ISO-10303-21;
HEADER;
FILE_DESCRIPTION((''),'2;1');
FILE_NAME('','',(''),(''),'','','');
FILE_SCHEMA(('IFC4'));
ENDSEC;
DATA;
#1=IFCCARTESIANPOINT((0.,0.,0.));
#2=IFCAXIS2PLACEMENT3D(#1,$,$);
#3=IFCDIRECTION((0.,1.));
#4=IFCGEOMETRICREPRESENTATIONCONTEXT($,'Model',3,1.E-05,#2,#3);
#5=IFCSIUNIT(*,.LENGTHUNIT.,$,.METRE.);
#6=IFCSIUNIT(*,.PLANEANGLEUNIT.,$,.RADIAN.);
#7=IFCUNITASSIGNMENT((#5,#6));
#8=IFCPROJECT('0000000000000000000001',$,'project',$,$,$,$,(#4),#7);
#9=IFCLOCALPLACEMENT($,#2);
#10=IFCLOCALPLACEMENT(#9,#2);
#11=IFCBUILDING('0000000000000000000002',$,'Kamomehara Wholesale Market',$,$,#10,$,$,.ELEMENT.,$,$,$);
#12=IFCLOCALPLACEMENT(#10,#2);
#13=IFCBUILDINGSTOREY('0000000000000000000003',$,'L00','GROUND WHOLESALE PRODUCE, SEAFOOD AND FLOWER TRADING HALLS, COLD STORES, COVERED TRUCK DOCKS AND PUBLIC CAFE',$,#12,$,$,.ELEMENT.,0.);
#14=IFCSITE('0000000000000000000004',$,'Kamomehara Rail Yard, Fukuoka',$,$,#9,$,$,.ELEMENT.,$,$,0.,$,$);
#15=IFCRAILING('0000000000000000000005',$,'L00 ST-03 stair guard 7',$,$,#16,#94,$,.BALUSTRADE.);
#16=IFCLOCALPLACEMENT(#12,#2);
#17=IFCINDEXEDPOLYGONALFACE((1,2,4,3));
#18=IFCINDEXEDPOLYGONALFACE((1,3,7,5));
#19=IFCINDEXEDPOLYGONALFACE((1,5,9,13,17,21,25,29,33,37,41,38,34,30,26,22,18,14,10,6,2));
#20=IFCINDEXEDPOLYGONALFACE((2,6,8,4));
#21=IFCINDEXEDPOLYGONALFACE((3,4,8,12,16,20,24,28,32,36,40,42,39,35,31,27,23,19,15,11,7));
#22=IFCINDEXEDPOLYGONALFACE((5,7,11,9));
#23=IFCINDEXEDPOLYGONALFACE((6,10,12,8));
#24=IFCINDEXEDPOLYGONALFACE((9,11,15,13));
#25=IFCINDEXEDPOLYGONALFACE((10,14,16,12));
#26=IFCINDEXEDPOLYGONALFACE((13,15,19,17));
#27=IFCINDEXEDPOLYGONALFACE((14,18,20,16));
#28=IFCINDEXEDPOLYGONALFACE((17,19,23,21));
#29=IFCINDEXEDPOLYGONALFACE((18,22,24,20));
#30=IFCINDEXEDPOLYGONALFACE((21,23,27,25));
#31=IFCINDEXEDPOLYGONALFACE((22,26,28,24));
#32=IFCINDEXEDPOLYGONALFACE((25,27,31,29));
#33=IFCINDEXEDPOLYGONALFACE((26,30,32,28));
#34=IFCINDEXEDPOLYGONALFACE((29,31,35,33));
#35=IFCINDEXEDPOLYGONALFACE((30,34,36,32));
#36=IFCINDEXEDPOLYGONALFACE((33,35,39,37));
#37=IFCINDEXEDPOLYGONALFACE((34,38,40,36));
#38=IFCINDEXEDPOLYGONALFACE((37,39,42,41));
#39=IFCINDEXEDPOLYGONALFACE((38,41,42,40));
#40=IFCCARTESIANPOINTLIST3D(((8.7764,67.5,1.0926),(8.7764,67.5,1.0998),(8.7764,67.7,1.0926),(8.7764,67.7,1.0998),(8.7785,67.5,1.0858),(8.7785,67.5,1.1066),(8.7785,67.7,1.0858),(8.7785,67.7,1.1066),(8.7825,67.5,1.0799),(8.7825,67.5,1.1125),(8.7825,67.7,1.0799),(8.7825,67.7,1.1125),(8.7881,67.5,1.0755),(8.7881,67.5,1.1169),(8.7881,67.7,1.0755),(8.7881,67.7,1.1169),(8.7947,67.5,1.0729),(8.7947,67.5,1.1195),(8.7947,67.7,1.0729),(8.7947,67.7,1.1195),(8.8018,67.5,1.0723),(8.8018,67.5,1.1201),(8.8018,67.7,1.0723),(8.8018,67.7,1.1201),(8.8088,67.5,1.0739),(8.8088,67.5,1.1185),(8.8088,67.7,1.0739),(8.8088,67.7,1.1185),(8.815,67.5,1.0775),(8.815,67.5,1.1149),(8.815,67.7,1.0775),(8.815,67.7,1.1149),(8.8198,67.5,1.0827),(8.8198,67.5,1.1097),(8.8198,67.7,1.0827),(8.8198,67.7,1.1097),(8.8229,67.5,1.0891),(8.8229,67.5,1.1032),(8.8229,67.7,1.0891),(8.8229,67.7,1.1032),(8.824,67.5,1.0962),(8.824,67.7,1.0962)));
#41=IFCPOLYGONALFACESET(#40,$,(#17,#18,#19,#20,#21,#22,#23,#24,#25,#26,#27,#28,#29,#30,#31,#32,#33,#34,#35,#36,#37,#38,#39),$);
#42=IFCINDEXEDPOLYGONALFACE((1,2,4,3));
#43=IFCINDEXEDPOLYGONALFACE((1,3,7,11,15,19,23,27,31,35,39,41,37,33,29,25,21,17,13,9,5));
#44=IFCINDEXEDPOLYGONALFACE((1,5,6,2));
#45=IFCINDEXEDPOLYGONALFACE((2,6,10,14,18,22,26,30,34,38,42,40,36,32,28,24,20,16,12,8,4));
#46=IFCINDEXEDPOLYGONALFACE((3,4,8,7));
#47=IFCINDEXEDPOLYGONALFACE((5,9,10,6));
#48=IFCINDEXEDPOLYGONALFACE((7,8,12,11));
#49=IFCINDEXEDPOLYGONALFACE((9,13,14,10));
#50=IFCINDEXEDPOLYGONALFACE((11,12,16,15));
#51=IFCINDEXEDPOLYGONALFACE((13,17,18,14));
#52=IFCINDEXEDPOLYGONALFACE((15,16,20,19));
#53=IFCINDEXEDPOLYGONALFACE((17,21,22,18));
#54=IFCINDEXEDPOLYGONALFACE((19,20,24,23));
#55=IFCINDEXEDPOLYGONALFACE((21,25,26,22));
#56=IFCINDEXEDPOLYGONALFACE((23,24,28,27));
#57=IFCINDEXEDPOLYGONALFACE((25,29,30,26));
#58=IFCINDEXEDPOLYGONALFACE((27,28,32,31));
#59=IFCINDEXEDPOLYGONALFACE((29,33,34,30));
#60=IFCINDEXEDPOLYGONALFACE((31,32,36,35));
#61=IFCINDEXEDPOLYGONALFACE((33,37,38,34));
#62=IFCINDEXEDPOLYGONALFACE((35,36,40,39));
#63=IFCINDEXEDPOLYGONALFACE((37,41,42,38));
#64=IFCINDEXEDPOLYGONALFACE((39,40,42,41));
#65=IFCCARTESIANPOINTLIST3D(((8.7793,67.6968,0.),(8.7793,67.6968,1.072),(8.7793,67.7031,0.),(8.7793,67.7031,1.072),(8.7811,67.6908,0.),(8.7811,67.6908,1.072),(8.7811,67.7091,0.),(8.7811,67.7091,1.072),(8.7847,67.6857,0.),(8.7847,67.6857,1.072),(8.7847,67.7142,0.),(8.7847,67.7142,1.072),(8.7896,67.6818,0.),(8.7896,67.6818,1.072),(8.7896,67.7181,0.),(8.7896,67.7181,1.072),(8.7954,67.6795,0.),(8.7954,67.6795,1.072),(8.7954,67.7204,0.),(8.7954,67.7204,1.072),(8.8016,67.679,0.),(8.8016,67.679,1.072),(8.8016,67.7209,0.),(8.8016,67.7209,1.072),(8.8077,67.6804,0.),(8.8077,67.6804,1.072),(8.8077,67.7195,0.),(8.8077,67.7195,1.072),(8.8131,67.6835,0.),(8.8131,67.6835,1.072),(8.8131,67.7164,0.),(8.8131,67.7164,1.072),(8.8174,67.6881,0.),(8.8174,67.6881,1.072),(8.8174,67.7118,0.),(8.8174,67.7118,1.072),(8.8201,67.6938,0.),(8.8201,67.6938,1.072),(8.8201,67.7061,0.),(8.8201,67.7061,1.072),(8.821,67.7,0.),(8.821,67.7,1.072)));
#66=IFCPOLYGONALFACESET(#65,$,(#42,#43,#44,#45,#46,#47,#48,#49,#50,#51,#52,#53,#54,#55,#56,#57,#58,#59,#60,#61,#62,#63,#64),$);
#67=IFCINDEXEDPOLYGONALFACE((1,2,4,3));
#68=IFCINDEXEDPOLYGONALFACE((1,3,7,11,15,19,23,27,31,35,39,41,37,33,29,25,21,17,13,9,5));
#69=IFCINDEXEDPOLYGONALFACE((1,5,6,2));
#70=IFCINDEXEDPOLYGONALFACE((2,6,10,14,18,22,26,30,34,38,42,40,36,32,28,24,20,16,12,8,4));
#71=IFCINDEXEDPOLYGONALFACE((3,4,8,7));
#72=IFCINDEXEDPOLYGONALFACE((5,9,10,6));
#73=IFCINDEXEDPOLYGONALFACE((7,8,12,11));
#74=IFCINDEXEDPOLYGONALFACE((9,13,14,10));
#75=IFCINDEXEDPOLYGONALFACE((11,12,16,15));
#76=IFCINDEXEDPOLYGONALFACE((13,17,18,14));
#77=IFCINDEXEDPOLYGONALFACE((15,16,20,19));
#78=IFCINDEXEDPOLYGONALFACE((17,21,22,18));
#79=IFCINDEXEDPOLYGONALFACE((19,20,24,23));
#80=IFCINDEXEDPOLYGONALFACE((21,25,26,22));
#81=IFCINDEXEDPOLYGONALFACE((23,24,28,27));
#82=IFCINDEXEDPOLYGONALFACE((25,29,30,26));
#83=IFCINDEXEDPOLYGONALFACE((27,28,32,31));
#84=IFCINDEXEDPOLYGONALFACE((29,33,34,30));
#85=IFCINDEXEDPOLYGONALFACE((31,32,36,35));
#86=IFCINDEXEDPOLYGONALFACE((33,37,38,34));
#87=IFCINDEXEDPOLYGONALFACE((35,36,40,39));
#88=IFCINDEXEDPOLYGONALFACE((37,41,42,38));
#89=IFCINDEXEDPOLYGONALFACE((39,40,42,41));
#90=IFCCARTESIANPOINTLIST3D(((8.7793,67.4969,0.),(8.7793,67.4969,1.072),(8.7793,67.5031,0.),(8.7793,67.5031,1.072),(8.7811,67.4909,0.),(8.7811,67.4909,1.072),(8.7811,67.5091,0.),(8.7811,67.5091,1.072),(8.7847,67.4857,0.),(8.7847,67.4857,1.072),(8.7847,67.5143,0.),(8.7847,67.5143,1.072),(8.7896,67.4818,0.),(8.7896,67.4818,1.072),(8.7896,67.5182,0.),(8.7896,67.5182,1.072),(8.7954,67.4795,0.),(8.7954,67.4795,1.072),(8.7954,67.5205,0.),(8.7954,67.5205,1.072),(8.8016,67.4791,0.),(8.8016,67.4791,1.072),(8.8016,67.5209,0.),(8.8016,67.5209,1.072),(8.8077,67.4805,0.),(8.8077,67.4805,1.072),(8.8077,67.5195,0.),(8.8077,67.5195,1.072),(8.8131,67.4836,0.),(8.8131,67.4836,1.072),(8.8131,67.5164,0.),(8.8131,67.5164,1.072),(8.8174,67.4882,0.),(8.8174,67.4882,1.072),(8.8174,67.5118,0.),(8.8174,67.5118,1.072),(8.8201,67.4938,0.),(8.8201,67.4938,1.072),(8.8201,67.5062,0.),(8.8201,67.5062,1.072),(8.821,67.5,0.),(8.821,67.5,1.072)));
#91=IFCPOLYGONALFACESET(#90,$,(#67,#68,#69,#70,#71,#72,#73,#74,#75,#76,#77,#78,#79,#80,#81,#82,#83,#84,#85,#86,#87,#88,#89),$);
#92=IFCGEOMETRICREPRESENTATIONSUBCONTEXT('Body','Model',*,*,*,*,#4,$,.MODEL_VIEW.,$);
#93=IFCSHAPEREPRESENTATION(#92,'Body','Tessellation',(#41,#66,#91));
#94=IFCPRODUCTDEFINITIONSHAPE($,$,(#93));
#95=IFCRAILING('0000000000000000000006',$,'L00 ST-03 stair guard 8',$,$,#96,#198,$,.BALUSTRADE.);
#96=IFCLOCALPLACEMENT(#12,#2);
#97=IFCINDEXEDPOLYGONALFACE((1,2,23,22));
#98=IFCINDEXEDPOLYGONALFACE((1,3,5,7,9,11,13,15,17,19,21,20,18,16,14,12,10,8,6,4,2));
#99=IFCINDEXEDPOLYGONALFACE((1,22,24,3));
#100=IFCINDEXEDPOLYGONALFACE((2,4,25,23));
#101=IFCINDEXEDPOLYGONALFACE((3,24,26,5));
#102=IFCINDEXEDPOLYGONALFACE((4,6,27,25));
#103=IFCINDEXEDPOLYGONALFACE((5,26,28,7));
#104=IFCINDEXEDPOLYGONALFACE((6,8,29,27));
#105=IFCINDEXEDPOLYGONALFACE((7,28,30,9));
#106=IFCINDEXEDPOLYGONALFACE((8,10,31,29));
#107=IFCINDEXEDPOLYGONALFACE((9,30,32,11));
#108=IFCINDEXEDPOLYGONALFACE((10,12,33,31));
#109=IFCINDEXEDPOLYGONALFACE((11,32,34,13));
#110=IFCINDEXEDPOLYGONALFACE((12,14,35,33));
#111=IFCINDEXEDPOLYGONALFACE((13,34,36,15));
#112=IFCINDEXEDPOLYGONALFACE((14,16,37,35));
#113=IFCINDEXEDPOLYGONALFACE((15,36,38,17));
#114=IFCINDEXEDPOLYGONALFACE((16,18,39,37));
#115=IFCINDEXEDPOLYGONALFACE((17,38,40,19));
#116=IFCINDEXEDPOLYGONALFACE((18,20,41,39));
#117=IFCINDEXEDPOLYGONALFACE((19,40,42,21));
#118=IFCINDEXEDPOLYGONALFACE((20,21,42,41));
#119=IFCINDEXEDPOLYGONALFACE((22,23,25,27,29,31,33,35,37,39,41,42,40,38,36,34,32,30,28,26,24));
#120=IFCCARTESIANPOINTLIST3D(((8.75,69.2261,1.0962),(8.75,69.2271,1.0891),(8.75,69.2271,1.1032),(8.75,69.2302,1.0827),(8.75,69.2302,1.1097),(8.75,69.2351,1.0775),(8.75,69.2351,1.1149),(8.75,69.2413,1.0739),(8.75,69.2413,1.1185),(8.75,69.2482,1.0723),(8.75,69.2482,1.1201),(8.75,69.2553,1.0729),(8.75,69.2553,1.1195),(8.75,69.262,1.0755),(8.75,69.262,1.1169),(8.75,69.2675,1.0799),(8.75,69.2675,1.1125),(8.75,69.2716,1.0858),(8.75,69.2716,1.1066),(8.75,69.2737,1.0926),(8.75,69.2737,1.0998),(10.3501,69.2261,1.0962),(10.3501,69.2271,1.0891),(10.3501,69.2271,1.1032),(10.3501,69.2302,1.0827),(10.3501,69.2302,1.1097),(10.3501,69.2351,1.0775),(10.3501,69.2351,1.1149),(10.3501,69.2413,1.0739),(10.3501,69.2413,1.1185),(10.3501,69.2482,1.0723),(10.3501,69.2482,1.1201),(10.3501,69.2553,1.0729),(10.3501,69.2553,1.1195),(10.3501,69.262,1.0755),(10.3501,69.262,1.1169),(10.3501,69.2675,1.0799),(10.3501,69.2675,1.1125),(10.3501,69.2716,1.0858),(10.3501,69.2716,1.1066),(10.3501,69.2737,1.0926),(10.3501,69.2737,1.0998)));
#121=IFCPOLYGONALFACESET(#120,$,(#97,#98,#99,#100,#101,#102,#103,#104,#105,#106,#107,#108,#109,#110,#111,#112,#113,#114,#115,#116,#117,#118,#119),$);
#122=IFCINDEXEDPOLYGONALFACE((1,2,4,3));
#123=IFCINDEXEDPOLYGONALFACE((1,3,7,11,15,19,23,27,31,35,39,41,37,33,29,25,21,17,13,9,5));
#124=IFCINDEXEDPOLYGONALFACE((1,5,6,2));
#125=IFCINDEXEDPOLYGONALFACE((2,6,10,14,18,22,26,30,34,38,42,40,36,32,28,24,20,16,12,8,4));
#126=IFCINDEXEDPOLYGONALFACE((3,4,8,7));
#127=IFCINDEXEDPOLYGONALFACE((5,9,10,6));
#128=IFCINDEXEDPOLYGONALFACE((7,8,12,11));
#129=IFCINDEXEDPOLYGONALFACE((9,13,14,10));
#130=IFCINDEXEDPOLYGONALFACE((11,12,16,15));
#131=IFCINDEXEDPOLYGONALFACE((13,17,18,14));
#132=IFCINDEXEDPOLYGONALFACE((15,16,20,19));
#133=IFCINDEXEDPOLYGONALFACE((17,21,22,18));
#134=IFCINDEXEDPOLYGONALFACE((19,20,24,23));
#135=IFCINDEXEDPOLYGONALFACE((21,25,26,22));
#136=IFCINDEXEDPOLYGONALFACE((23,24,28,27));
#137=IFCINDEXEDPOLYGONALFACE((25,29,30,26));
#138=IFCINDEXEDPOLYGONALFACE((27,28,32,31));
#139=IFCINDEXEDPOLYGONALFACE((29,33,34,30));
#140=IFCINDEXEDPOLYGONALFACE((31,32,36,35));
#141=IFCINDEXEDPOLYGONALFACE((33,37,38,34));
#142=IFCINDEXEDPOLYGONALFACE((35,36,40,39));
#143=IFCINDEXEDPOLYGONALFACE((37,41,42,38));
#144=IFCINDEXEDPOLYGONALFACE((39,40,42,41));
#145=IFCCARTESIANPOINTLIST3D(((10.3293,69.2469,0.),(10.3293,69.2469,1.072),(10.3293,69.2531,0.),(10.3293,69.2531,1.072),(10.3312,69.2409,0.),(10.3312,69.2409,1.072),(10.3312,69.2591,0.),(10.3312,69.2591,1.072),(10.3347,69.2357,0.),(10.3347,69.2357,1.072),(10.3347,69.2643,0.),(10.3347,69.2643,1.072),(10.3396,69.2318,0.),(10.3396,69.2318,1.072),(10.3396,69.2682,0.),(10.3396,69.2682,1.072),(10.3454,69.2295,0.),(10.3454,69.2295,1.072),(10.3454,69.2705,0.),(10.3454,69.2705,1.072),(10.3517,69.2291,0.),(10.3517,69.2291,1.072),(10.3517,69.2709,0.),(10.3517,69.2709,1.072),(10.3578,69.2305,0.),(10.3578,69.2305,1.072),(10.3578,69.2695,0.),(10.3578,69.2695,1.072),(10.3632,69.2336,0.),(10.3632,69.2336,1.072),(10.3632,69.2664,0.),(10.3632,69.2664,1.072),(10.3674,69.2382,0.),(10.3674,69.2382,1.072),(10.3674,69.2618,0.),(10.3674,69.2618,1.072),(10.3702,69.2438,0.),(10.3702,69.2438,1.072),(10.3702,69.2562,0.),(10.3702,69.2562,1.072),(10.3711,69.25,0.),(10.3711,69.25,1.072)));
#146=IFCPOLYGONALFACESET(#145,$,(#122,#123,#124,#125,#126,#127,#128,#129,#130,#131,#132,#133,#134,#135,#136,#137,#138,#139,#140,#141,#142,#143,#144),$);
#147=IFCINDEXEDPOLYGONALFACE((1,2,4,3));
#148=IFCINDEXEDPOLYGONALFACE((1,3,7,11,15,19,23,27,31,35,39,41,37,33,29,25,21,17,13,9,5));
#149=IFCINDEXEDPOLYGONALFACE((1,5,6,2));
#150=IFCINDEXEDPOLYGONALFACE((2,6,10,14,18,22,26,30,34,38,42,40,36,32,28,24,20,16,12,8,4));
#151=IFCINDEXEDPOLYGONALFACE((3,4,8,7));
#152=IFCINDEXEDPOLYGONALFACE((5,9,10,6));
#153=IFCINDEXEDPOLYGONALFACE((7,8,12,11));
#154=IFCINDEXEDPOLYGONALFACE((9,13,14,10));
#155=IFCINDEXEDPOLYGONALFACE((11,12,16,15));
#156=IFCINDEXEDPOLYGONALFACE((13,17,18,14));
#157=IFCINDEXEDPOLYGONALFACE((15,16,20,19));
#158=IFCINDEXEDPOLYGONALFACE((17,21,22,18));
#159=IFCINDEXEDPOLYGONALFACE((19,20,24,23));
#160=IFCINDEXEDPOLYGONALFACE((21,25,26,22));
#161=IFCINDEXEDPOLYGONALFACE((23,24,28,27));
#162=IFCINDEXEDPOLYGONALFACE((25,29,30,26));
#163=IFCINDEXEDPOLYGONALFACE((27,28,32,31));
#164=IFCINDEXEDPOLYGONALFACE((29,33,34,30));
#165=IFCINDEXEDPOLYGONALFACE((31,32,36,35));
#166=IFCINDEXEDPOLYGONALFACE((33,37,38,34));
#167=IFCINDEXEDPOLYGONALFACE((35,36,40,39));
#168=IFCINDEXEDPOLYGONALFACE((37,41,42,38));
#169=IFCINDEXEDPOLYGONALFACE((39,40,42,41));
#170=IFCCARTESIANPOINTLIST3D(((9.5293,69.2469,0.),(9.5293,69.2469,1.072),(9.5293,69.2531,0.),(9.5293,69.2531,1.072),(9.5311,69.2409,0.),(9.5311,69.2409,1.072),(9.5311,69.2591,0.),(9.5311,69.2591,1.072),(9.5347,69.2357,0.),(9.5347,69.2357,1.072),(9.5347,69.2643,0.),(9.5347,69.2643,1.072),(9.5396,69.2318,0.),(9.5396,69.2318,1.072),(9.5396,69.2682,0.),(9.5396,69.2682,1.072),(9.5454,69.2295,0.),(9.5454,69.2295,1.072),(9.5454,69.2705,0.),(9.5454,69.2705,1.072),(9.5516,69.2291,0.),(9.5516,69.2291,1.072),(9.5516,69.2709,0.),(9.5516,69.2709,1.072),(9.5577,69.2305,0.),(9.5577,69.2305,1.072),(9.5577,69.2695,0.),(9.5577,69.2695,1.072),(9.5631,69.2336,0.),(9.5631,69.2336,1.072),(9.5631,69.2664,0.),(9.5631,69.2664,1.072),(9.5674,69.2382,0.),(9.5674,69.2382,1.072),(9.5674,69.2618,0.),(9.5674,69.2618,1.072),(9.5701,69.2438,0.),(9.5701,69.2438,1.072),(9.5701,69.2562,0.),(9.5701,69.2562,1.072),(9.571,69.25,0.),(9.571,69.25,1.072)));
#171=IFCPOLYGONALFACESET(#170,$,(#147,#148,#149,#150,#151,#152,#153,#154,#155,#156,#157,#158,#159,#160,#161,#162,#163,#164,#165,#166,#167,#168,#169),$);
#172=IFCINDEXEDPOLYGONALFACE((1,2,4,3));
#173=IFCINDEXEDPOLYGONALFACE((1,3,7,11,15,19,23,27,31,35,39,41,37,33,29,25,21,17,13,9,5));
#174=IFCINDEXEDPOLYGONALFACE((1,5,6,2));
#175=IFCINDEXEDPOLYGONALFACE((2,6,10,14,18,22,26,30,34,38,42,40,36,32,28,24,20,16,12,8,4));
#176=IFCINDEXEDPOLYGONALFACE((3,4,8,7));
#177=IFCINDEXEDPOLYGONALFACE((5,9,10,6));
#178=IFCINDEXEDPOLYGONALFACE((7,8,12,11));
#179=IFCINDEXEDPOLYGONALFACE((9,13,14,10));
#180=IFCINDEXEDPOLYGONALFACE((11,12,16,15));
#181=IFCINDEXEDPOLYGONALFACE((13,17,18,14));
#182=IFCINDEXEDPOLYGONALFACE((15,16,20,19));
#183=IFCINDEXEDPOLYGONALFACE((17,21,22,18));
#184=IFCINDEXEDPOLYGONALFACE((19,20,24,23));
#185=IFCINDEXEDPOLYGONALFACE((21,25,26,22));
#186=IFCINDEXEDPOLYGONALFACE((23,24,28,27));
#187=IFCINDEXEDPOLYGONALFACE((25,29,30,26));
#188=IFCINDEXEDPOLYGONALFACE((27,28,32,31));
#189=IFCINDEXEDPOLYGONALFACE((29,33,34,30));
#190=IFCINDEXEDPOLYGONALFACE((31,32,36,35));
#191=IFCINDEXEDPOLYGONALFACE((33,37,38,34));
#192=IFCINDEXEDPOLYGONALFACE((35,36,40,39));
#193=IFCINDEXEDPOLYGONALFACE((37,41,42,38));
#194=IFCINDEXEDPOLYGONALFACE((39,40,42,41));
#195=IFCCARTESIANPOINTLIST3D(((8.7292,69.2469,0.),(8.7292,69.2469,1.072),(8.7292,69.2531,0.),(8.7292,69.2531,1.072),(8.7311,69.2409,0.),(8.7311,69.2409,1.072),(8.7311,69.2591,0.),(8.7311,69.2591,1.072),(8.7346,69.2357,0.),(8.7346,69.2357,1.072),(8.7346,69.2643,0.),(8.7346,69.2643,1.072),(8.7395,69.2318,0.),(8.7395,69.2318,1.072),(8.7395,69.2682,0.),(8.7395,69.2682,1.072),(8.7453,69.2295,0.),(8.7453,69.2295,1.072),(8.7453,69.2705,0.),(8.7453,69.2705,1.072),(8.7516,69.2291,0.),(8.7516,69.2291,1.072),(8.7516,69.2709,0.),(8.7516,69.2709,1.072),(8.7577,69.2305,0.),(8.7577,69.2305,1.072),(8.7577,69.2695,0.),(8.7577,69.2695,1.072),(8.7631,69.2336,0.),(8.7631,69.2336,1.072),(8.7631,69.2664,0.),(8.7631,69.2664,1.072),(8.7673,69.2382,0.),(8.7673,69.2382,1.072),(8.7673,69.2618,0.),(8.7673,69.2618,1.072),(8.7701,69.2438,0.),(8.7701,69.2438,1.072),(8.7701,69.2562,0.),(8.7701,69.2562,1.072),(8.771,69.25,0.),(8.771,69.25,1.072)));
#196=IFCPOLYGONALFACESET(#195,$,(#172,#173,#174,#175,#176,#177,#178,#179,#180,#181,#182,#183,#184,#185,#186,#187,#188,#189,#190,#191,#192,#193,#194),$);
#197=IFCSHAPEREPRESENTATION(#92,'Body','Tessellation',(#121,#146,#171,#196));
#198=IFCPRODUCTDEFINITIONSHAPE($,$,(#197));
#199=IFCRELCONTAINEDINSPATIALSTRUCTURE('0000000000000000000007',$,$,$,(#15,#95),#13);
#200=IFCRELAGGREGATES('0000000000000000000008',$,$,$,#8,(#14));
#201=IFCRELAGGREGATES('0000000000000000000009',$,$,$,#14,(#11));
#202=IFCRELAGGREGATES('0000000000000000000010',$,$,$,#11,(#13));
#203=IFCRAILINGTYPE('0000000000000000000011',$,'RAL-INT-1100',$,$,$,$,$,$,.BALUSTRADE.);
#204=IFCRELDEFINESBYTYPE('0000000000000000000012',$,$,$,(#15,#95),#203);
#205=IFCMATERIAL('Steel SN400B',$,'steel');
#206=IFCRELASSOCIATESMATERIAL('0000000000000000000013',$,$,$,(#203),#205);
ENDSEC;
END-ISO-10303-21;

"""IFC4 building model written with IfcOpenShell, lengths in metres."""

from ifc_helpers import new_model, si_unit, direction, frame, origin, origin_2d, place, context, subcontext, project, spatial, circle, extrude, material, type_object, element, save


model = new_model("IFC4")

# Units and contexts
model_context = context("Model", 3, precision=1e-05, world=origin(), true_north=direction((0.0, 1.0)))
body_context = subcontext(model_context, "Body", "Model", "MODEL_VIEW")
ifc_project = project(units=[si_unit("LENGTHUNIT", "METRE"), si_unit("PLANEANGLEUNIT", "RADIAN")], contexts=[model_context])

# Site, building, storey
site_placement = place(None, origin())
site = spatial("IfcSite", under=ifc_project, at=site_placement, Name="Kamomehara Rail Yard, Fukuoka", CompositionType="ELEMENT", RefElevation=0.0)
building_placement = place(site_placement, origin())
building = spatial("IfcBuilding", under=site, at=building_placement, Name="Kamomehara Wholesale Market", CompositionType="ELEMENT")
storey_placement = place(building_placement, origin())
storey = spatial("IfcBuildingStorey", under=building, at=storey_placement, Name="L00", Description="GROUND WHOLESALE PRODUCE, SEAFOOD AND FLOWER TRADING HALLS, COLD STORES, COVERED TRUCK DOCKS AND PUBLIC CAFE", CompositionType="ELEMENT", Elevation=0.0)

# Railings
ifc_material_1 = material(Name="Steel SN400B", Category="steel")
railing_type_1 = type_object("IfcRailingType", Name="RAL-INT-1100", PredefinedType="BALUSTRADE", material=ifc_material_1)
railing_1_placement = place(storey_placement, frame((8.8, 67.7, 0.0)))
element("IfcRailing", 1, at=railing_1_placement, inside=storey, type_object=railing_type_1, Name="L00 ST-03 stair guard 7", PredefinedType="BALUSTRADE", context=body_context, shape_type="SweptSolid", body=[
    extrude(circle(Radius=0.0239, at=origin_2d()), frame((0.0, 0.0, 1.0962), z_axis=(0.0, -1.0, 0.0), x_axis=(1.0, 0.0, 0.0)), (0.0, 0.0, 1.0), 0.2),
    extrude(circle(Radius=0.021, at=origin_2d()), origin(), (0.0, 0.0, 1.0), 1.072),
    extrude(circle(Radius=0.021, at=origin_2d()), frame((0.0, -0.2, 0.0)), (0.0, 0.0, 1.0), 1.072),
])
railing_2_placement = place(storey_placement, frame((10.3501, 69.25, 0.0)))
element("IfcRailing", 2, at=railing_2_placement, inside=storey, type_object=railing_type_1, Name="L00 ST-03 stair guard 8", PredefinedType="BALUSTRADE", context=body_context, shape_type="SweptSolid", body=[
    extrude(circle(Radius=0.0239, at=origin_2d()), frame((0.0, 0.0, 1.0962), z_axis=(-1.0, 0.0, 0.0), x_axis=(0.0, -1.0, 0.0)), (0.0, 0.0, 1.0), 1.6001),
    extrude(circle(Radius=0.021, at=origin_2d()), origin(), (0.0, 0.0, 1.0), 1.072),
    extrude(circle(Radius=0.021, at=origin_2d()), frame((-0.8, 0.0, 0.0)), (0.0, 0.0, 1.0), 1.072),
    extrude(circle(Radius=0.021, at=origin_2d()), frame((-1.6001, 0.0, 0.0)), (0.0, 0.0, 1.0), 1.072),
])

save(model, "model.ifc")
